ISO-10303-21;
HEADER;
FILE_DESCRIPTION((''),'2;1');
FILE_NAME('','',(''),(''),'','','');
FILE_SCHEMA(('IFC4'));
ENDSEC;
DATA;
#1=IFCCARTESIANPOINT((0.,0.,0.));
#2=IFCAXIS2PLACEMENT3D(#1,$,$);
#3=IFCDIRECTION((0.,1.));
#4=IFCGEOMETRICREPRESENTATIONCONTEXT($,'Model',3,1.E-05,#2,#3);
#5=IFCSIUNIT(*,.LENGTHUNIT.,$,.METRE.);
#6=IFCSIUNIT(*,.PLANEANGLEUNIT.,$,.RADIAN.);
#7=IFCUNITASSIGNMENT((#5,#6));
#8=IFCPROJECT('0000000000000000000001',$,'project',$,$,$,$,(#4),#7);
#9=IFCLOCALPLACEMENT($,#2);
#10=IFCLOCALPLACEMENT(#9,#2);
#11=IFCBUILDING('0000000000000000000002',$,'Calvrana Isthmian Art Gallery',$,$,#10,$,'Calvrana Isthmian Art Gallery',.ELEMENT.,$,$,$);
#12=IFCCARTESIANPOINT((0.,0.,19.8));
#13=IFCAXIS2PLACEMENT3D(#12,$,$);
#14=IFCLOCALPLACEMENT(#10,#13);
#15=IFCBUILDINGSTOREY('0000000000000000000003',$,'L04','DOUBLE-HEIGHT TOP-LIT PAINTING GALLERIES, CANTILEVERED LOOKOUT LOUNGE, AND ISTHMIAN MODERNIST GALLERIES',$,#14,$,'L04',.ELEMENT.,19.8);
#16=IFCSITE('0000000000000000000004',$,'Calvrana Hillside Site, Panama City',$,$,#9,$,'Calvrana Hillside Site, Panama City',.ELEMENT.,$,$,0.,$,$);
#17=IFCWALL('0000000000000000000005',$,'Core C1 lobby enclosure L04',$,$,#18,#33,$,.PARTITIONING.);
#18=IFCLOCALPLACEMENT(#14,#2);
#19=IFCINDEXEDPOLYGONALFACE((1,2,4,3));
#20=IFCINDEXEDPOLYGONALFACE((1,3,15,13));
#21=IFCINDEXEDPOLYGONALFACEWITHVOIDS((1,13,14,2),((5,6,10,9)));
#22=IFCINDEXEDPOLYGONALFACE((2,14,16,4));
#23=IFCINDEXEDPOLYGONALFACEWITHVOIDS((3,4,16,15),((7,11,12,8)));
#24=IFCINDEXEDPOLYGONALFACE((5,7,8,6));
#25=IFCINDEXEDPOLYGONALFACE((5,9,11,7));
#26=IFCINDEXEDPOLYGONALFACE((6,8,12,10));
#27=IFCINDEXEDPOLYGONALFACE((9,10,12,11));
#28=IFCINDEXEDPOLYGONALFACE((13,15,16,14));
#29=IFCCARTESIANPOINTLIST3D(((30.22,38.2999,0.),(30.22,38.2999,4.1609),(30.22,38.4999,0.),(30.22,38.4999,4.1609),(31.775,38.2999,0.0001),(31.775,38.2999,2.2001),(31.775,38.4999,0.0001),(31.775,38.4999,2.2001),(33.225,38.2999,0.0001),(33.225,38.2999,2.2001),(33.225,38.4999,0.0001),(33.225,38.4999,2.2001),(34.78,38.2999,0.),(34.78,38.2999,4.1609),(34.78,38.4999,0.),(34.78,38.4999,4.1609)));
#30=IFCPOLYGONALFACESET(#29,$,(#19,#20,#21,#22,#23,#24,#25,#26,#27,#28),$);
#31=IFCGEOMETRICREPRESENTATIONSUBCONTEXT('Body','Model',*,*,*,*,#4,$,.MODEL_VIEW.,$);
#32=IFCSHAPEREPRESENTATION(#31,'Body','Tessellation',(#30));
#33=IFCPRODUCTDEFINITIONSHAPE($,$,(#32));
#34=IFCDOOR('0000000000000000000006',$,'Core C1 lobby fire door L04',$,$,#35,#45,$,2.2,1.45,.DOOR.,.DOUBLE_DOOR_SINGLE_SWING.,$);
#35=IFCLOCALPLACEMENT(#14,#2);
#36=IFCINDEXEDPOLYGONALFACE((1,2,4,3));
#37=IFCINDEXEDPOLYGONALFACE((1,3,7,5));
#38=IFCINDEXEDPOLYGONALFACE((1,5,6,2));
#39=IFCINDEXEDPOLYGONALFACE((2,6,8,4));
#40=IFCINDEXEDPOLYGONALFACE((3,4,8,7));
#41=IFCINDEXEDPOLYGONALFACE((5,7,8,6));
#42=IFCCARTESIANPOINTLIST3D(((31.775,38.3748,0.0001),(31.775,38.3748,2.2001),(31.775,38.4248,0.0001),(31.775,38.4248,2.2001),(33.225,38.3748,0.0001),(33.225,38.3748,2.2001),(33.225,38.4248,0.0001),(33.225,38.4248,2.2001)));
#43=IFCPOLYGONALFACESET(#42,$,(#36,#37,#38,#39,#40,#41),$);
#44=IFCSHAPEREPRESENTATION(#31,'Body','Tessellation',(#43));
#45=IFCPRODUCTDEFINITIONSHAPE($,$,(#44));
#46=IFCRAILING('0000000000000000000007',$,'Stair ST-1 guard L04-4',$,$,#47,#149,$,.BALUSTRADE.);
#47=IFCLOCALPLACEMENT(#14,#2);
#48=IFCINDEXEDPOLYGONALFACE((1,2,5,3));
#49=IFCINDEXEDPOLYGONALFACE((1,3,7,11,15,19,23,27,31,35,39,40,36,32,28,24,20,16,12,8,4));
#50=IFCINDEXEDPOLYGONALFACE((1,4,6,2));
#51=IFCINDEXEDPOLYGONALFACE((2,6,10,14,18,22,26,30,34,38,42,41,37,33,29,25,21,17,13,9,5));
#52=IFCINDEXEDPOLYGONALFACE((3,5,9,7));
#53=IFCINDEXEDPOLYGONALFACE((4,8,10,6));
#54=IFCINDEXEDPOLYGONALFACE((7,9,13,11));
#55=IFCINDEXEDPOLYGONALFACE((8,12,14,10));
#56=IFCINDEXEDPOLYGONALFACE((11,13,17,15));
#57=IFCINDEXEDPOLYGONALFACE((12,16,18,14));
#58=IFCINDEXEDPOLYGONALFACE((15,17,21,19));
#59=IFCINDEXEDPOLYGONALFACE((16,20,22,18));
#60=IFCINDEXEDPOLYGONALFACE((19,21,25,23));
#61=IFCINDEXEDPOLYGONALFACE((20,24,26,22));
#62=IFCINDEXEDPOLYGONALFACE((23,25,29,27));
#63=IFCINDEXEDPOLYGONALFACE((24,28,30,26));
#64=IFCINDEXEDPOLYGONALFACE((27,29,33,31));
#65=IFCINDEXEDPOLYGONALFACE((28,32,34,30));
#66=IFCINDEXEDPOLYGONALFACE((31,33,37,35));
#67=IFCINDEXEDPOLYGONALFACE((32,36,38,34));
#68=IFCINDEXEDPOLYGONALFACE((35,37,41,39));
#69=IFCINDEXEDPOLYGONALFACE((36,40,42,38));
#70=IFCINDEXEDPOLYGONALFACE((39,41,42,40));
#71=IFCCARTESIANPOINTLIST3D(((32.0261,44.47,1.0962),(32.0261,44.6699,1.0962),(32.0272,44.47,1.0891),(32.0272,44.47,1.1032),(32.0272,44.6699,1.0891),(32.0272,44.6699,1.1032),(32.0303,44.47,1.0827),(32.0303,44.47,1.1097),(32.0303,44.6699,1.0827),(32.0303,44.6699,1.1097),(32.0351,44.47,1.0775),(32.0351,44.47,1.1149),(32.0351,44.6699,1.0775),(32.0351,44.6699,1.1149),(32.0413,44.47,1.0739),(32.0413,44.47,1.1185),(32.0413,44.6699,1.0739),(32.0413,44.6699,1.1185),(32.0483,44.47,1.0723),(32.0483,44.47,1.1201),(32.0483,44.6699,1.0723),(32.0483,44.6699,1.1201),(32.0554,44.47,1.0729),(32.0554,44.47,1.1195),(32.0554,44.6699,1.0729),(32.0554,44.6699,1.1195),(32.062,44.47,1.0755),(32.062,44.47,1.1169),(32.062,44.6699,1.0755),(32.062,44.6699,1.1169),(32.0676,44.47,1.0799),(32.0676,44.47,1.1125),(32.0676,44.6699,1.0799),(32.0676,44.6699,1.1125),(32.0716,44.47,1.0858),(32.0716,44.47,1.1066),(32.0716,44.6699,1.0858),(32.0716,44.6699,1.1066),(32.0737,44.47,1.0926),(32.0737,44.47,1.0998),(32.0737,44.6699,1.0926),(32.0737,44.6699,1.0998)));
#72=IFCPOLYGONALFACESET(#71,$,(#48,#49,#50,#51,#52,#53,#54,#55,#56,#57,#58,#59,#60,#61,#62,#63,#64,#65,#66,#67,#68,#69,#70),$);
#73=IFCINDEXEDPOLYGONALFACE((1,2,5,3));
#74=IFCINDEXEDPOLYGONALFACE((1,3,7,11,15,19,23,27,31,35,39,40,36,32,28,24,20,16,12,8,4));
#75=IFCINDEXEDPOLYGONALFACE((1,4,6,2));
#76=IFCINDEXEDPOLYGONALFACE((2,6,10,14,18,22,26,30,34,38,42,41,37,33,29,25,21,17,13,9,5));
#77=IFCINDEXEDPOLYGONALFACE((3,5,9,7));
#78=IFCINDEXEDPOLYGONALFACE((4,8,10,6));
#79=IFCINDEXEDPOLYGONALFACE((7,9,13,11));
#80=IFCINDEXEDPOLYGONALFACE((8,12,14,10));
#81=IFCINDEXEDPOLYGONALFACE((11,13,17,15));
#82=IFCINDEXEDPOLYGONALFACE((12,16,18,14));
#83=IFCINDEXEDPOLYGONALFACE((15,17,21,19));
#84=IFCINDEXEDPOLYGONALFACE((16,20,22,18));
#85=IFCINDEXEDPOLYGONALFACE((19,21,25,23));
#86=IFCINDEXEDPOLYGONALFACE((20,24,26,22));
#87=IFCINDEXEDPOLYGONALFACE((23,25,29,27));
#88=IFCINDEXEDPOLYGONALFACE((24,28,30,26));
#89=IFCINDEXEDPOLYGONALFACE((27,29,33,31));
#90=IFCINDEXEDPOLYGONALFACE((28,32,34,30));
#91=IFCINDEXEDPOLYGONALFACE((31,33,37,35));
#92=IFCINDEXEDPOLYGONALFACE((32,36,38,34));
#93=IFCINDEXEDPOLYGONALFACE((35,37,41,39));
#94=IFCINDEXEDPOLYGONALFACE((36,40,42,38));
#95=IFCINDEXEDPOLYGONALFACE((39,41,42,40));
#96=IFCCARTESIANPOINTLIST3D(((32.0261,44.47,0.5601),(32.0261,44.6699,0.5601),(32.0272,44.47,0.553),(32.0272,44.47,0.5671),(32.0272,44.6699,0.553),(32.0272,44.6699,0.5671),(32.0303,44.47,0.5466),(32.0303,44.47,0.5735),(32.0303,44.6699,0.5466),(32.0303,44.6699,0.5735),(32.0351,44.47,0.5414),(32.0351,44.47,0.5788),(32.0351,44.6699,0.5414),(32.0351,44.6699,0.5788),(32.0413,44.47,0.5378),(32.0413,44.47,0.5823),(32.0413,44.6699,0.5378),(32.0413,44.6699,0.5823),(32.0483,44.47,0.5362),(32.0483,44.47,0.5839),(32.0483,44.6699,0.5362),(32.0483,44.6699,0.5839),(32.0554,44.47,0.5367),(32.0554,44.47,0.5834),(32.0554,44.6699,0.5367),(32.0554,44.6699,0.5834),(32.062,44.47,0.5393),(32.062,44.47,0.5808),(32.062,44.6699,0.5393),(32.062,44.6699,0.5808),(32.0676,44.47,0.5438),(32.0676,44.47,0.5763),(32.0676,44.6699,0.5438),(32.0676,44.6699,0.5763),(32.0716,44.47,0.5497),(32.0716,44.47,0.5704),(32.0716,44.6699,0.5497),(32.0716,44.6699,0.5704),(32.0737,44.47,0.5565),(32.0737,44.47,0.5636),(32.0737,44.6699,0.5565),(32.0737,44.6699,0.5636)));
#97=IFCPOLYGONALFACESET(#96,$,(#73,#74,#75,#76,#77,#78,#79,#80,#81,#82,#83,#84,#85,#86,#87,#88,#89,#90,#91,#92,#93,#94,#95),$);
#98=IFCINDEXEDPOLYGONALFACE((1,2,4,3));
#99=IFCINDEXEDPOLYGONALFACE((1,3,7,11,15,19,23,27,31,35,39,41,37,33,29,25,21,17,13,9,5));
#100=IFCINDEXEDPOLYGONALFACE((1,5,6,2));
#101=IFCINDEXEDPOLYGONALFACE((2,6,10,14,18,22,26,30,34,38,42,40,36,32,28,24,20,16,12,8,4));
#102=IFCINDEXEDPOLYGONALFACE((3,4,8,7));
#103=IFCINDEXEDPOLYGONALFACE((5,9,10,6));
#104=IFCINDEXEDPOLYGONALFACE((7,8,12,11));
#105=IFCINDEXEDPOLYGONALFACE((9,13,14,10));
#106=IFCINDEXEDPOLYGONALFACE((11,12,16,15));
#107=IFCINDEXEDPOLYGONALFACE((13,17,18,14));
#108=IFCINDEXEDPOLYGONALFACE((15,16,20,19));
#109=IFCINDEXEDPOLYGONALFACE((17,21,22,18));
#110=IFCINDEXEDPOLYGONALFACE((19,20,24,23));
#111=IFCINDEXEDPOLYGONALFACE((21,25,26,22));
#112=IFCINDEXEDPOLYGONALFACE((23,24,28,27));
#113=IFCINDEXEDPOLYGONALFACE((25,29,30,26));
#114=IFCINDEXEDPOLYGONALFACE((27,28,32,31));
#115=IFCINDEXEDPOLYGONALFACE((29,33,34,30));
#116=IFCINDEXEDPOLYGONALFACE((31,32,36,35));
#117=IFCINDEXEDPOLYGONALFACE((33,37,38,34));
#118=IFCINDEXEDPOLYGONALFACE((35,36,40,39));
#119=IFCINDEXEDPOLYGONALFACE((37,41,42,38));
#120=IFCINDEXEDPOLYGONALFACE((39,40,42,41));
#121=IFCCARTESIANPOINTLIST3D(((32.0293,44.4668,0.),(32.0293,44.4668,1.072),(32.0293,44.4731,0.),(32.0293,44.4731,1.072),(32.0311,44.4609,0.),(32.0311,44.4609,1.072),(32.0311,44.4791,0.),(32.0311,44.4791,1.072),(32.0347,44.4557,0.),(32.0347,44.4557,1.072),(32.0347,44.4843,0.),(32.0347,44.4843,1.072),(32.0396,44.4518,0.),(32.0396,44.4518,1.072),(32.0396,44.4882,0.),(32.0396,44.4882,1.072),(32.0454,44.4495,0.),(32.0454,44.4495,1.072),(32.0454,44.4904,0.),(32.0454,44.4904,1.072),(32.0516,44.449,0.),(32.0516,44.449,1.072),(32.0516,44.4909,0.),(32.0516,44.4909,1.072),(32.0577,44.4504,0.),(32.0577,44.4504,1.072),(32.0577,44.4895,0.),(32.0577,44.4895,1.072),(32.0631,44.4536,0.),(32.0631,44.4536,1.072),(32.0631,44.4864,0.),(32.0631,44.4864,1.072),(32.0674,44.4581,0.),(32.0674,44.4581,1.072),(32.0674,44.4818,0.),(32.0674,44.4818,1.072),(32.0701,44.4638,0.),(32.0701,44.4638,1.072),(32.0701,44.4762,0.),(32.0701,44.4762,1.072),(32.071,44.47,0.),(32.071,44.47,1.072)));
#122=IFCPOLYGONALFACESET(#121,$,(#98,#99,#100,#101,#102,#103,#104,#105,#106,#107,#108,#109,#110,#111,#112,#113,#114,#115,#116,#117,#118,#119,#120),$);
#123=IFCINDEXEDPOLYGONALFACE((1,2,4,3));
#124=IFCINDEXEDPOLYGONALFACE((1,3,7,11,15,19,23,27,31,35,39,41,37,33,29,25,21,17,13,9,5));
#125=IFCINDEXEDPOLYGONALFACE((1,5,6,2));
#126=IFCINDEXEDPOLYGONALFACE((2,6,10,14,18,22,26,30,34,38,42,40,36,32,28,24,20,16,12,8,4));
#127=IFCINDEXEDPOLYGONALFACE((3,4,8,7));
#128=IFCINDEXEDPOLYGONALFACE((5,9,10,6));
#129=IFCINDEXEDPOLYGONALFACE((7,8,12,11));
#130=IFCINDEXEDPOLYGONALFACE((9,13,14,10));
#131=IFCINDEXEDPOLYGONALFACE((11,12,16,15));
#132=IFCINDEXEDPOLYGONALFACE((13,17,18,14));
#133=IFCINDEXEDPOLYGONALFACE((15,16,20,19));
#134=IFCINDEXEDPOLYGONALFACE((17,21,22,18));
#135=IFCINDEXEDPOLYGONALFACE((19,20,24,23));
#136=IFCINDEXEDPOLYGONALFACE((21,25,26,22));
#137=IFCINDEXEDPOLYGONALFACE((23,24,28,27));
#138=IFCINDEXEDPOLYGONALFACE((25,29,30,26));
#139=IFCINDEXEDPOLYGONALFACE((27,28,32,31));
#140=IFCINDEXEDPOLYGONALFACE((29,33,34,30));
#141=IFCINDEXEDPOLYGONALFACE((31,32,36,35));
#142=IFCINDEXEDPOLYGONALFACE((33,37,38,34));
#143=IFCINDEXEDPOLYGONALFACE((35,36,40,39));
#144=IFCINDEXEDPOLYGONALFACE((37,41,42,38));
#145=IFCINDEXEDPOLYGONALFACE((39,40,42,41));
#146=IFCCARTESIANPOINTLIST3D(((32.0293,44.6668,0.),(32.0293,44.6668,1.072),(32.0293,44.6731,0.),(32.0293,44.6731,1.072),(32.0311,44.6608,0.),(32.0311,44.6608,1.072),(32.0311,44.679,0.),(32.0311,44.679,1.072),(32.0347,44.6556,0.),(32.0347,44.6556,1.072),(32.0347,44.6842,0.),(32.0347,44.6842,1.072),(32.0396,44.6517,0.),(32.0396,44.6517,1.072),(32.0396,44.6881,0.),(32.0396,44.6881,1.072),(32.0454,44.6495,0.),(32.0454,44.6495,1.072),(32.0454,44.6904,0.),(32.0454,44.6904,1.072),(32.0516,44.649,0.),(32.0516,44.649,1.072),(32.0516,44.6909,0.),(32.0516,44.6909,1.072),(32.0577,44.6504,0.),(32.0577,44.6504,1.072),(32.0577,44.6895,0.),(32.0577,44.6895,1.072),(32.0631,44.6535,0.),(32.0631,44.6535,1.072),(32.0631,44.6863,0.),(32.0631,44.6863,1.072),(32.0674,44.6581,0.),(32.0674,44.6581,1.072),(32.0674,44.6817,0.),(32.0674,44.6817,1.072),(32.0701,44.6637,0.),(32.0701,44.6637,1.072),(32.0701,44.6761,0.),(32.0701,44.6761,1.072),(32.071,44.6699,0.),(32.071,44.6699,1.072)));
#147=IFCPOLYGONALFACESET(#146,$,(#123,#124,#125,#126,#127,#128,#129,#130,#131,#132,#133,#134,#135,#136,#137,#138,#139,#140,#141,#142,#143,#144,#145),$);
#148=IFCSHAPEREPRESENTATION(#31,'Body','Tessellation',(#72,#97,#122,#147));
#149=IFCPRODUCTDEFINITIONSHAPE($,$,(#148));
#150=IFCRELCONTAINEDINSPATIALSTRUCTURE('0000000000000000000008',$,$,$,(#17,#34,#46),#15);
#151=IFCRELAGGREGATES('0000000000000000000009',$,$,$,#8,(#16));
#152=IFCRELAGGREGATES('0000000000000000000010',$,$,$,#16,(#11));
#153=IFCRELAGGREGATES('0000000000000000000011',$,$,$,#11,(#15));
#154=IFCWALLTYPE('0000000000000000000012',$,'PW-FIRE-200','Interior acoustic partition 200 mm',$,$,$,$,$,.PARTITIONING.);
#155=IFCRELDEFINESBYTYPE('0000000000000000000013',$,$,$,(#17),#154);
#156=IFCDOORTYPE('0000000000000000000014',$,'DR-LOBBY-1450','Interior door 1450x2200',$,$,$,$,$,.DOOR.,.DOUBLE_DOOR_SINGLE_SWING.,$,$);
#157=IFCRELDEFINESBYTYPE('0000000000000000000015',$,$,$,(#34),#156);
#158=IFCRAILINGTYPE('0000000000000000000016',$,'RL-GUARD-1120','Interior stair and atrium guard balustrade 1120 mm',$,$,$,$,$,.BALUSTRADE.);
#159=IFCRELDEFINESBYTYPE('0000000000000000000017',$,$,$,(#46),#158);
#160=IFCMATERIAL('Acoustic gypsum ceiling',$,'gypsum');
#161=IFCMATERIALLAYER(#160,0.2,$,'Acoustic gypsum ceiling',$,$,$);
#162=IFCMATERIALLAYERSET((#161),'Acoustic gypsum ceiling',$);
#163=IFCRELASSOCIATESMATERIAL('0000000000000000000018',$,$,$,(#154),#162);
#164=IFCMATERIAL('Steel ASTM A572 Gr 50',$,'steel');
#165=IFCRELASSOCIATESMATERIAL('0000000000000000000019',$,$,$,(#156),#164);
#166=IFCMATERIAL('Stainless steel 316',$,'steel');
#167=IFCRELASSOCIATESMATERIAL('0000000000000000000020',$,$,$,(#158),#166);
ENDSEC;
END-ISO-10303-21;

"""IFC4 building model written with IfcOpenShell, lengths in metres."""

from ifc_helpers import new_model, si_unit, direction, frame, frame_2d, origin, origin_2d, place, context, subcontext, project, spatial, rectangle, circle, extrude, material, layer, layer_set, type_object, element, fill, save


model = new_model("IFC4")

# Units and contexts
model_context = context("Model", 3, precision=1e-05, world=origin(), true_north=direction((0.0, 1.0)))
body_context = subcontext(model_context, "Body", "Model", "MODEL_VIEW")
ifc_project = project(units=[si_unit("LENGTHUNIT", "METRE"), si_unit("PLANEANGLEUNIT", "RADIAN")], contexts=[model_context])

# Site, building, storey
site_placement = place(None, origin())
site = spatial("IfcSite", under=ifc_project, at=site_placement, Name="Calvrana Hillside Site, Panama City", LongName="Calvrana Hillside Site, Panama City", CompositionType="ELEMENT", RefElevation=0.0)
building_placement = place(site_placement, origin())
building = spatial("IfcBuilding", under=site, at=building_placement, Name="Calvrana Isthmian Art Gallery", LongName="Calvrana Isthmian Art Gallery", CompositionType="ELEMENT")
storey_placement = place(building_placement, frame((0.0, 0.0, 19.8)))
storey = spatial("IfcBuildingStorey", under=building, at=storey_placement, Name="L04", Description="DOUBLE-HEIGHT TOP-LIT PAINTING GALLERIES, CANTILEVERED LOOKOUT LOUNGE, AND ISTHMIAN MODERNIST GALLERIES", LongName="L04", CompositionType="ELEMENT", Elevation=19.8)

# Shared definitions
ifc_material_1 = material(Name="Steel ASTM A572 Gr 50", Category="steel")

# Shared definitions
ifc_material_2 = material(Name="Acoustic gypsum ceiling", Category="gypsum")
ifc_layer_1 = layer(ifc_material_2, 0.2, Name="Acoustic gypsum ceiling")
ifc_layer_set_1 = layer_set([ifc_layer_1], Name="Acoustic gypsum ceiling")
wall_type_1 = type_object("IfcWallType", Name="PW-FIRE-200", Description="Interior acoustic partition 200 mm", PredefinedType="PARTITIONING", material=ifc_layer_set_1)

# Wall, opening, door
wall_1_placement = place(storey_placement, frame((30.22, 38.3999, 0.0), z_axis=(0.0, 0.0, 1.0), x_axis=(1.0, 0.0, 0.0)))
wall_1 = element("IfcWall", 1, at=wall_1_placement, inside=storey, type_object=wall_type_1, Name="Core C1 lobby enclosure L04", PredefinedType="PARTITIONING", context=body_context, shape_type="SweptSolid", body=[
    extrude(rectangle(XDim=4.5601, YDim=0.2, at=frame_2d((2.28, 0.0))), origin(), (0.0, 0.0, 1.0), 4.1609),
])
opening_1_placement = place(wall_1_placement, frame((1.5549, 0.0, 0.0)))
opening_1 = element("IfcOpeningElement", 2, at=opening_1_placement, cuts=wall_1, PredefinedType="OPENING", context=body_context, shape_type="SweptSolid", body=[
    extrude(rectangle(XDim=1.45, YDim=2.2, at=frame_2d((0.7251, 1.1001))), frame((0.0, 0.1104, 0.0), z_axis=(0.0, -1.0, 0.0), x_axis=(1.0, 0.0, 0.0)), (0.0, 0.0, 1.0), 0.2205),
])
door_type_1 = type_object("IfcDoorType", Name="DR-LOBBY-1450", Description="Interior door 1450x2200", OperationType="DOUBLE_DOOR_SINGLE_SWING", PredefinedType="DOOR", material=ifc_material_1)
door_1_placement = place(opening_1_placement, origin())
door_1 = element("IfcDoor", 3, at=door_1_placement, inside=storey, type_object=door_type_1, Name="Core C1 lobby fire door L04", OperationType="DOUBLE_DOOR_SINGLE_SWING", OverallHeight=2.2, OverallWidth=1.45, PredefinedType="DOOR", context=body_context, shape_type="SweptSolid", body=[
    extrude(rectangle(XDim=1.45, YDim=2.2, at=frame_2d((0.7251, 1.1001))), frame((0.0, 0.0249, 0.0), z_axis=(0.0, -1.0, 0.0), x_axis=(1.0, 0.0, 0.0)), (0.0, 0.0, 1.0), 0.05),
])
fill(opening_1, door_1)

# Railing
ifc_material_3 = material(Name="Stainless steel 316", Category="steel")
railing_type = type_object("IfcRailingType", Name="RL-GUARD-1120", Description="Interior stair and atrium guard balustrade 1120 mm", PredefinedType="BALUSTRADE", material=ifc_material_3)
railing_placement = place(storey_placement, frame((32.05, 44.47, 0.0)))
element("IfcRailing", 4, at=railing_placement, inside=storey, type_object=railing_type, Name="Stair ST-1 guard L04-4", PredefinedType="BALUSTRADE", context=body_context, shape_type="SweptSolid", body=[
    extrude(circle(Radius=0.0239, at=origin_2d()), frame((0.0, 0.0, 1.0962), z_axis=(0.0, 1.0, 0.0), x_axis=(-1.0, 0.0, 0.0)), (0.0, 0.0, 1.0), 0.2),
    extrude(circle(Radius=0.0239, at=origin_2d()), frame((0.0, 0.0, 0.5601), z_axis=(0.0, 1.0, 0.0), x_axis=(-1.0, 0.0, 0.0)), (0.0, 0.0, 1.0), 0.2),
    extrude(circle(Radius=0.021, at=origin_2d()), origin(), (0.0, 0.0, 1.0), 1.072),
    extrude(circle(Radius=0.021, at=origin_2d()), frame((0.0, 0.2, 0.0)), (0.0, 0.0, 1.0), 1.072),
])

save(model, "model.ifc")
